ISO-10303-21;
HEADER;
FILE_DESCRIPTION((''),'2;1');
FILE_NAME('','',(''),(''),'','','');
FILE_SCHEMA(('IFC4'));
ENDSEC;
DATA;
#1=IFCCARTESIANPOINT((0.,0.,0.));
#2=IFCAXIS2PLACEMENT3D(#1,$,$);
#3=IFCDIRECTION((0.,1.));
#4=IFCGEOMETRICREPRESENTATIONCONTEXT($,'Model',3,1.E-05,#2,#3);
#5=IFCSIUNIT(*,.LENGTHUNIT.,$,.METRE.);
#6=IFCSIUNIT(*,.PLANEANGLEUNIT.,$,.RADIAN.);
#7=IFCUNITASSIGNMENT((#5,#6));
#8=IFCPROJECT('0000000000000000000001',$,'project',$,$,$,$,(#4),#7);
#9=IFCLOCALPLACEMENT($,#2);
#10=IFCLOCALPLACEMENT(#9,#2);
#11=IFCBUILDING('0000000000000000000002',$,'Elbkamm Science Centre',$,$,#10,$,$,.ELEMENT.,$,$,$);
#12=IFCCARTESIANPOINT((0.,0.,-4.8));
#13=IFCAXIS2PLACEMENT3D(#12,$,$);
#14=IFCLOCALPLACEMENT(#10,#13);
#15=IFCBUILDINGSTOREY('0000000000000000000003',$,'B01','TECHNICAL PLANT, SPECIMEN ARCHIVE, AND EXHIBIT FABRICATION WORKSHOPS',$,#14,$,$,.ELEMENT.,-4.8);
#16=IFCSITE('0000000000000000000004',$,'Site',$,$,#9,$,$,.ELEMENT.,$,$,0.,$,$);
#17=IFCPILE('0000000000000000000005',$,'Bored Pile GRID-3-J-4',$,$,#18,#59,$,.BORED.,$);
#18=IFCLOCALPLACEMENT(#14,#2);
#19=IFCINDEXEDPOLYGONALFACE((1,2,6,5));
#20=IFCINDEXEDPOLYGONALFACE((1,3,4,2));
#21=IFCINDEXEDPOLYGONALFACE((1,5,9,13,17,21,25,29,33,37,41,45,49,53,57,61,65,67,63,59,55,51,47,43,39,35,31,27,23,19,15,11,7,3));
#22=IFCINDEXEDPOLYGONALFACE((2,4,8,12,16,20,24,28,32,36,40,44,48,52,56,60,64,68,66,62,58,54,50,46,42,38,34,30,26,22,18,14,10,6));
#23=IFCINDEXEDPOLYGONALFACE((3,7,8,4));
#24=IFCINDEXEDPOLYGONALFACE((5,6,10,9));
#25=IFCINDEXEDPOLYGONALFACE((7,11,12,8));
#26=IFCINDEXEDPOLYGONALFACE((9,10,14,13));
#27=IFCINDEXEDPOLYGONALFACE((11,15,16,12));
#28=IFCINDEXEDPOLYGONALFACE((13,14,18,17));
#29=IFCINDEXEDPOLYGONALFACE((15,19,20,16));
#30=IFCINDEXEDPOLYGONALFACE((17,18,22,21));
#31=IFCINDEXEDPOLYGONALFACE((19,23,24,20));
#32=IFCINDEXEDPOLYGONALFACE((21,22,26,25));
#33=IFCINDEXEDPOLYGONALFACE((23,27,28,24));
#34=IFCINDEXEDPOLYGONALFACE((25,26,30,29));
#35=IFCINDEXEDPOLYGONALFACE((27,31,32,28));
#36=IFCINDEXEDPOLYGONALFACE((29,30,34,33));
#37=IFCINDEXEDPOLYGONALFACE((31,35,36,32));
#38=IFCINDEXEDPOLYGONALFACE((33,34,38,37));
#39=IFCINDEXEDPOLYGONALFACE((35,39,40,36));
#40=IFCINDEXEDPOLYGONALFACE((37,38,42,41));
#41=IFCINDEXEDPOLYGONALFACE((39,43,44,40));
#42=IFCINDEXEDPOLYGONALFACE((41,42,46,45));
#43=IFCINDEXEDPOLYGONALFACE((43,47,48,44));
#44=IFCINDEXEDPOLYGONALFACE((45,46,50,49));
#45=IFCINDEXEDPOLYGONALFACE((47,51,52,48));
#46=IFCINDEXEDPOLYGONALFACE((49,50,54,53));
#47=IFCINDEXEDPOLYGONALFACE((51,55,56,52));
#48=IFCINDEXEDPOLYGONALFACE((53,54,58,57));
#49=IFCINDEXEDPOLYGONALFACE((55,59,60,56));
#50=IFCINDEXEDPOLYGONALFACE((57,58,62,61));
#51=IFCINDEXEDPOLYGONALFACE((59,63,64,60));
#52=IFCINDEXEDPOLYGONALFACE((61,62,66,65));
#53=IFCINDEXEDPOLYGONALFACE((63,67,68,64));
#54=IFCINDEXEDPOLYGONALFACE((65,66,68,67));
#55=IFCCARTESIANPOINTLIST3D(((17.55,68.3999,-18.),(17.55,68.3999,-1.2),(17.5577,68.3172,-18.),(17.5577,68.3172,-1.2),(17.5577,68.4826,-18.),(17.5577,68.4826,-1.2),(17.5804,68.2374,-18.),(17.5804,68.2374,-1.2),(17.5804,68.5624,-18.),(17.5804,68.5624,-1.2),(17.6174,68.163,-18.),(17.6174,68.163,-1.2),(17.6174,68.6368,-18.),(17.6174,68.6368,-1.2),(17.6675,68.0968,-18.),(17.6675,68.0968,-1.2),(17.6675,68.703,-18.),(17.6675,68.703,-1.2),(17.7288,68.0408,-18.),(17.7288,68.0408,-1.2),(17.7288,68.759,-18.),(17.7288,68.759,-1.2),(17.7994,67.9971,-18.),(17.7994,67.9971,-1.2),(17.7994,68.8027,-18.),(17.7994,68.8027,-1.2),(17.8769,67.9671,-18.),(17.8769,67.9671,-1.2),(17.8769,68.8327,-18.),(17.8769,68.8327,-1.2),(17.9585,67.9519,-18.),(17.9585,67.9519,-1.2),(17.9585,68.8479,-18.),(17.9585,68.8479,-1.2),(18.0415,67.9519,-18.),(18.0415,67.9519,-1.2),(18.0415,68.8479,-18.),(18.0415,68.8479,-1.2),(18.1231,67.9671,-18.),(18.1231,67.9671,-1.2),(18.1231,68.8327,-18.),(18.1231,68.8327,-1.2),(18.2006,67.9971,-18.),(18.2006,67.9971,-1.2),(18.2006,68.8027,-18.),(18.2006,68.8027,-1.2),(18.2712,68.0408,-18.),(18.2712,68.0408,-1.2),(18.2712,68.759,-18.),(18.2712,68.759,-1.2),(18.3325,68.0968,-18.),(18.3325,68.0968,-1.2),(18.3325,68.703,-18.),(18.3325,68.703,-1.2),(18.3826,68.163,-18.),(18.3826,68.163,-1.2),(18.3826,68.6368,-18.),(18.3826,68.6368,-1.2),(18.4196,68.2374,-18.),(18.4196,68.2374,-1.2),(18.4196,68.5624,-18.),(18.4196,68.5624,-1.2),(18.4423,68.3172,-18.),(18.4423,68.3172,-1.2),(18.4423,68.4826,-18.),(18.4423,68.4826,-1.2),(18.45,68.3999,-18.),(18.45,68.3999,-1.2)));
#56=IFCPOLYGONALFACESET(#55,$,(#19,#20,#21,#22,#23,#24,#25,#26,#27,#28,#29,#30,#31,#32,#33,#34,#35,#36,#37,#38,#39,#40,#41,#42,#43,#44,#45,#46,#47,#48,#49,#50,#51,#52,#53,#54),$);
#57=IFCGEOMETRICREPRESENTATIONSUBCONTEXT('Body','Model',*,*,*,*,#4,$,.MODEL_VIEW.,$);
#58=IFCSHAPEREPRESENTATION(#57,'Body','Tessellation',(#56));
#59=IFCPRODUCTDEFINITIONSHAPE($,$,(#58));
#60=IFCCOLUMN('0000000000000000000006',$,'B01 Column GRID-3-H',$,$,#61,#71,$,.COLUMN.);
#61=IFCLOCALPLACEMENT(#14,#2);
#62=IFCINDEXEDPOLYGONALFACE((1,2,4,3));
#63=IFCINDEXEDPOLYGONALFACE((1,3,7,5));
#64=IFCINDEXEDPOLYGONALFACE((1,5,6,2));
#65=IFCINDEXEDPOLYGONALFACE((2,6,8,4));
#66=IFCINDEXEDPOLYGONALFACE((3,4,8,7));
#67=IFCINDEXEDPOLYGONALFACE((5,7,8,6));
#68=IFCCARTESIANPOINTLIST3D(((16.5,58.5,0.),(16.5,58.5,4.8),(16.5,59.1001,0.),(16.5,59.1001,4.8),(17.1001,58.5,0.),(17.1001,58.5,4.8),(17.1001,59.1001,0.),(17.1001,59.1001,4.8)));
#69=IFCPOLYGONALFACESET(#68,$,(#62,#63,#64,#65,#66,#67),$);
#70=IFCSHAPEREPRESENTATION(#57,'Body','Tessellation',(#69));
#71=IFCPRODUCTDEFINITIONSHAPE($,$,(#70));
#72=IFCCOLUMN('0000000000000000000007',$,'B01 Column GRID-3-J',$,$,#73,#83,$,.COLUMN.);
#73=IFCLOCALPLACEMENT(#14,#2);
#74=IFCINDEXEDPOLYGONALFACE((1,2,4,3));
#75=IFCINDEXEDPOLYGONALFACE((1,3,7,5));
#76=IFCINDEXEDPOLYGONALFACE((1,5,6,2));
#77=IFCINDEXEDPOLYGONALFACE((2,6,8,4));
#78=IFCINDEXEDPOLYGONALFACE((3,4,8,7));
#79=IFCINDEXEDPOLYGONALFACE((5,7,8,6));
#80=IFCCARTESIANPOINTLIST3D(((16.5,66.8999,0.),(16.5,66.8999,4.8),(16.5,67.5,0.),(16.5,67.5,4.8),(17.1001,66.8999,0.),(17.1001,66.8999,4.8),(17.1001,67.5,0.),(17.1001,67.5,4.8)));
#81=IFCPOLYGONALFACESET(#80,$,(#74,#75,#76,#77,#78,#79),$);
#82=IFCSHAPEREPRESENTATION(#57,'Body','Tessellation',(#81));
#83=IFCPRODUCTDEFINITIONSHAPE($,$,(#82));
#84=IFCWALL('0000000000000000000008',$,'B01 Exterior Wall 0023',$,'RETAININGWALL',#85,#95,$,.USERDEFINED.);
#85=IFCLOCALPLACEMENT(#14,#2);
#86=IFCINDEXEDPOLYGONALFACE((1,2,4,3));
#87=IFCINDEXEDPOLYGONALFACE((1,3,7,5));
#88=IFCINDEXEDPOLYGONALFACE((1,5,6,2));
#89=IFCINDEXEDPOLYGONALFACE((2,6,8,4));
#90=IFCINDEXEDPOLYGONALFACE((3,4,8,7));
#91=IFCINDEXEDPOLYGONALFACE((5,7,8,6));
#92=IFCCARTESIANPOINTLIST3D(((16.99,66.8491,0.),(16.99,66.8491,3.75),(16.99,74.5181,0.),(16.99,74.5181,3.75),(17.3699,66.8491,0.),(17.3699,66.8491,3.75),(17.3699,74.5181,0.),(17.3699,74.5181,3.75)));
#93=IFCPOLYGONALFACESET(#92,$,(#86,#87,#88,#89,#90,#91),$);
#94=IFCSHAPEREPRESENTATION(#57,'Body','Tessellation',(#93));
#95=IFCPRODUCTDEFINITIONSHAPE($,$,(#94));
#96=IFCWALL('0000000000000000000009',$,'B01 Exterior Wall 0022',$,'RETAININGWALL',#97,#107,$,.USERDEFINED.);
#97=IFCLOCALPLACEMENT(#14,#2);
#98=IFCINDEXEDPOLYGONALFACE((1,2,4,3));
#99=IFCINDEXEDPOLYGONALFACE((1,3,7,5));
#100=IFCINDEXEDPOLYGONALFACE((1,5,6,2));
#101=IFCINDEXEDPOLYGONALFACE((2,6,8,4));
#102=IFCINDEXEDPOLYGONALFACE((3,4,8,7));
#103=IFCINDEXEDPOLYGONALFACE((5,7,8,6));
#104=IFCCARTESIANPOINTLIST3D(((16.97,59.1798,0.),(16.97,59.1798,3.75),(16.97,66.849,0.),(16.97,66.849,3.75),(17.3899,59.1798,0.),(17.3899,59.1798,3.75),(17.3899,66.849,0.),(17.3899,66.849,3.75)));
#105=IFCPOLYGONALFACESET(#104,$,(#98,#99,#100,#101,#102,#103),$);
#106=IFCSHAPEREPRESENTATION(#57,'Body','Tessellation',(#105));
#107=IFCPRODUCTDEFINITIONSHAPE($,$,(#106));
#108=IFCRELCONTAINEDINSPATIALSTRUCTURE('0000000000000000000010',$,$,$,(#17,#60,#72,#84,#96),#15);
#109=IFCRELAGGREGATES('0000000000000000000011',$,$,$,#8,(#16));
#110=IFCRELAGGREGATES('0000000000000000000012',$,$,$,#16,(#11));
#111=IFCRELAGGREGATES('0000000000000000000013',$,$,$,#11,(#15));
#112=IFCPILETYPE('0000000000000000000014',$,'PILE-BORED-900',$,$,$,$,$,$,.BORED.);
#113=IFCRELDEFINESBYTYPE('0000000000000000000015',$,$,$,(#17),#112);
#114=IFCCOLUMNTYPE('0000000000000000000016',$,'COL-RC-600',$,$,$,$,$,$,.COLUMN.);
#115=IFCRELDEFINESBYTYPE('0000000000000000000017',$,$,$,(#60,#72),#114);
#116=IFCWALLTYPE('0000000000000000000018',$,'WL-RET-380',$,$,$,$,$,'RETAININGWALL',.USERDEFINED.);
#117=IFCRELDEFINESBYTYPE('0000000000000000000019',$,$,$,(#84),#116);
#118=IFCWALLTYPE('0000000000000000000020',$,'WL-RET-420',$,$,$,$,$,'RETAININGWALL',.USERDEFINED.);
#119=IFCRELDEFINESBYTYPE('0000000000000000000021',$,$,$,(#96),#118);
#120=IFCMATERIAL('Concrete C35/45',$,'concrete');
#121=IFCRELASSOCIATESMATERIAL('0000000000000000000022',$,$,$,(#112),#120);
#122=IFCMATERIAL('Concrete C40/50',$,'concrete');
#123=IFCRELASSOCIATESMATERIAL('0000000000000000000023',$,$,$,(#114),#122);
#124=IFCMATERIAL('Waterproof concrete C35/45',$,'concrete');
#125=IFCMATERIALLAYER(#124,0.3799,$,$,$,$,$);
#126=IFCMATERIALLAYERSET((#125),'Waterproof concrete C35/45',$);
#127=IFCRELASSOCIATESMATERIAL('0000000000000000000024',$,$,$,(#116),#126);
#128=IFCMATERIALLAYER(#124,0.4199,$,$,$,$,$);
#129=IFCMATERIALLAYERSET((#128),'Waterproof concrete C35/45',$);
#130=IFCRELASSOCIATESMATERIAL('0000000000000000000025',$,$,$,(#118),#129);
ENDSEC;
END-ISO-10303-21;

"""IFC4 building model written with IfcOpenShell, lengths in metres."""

from ifc_helpers import new_model, si_unit, direction, frame, frame_2d, origin, origin_2d, place, context, subcontext, project, spatial, rectangle, circle, extrude, material, layer, layer_set, material_profile, profile_set, type_object, element, save


model = new_model("IFC4")

# Units and contexts
model_context = context("Model", 3, precision=1e-05, world=origin(), true_north=direction((0.0, 1.0)))
body_context = subcontext(model_context, "Body", "Model", "MODEL_VIEW")
ifc_project = project(units=[si_unit("LENGTHUNIT", "METRE"), si_unit("PLANEANGLEUNIT", "RADIAN")], contexts=[model_context])

# Site, building, storey
site_placement = place(None, origin())
site = spatial("IfcSite", under=ifc_project, at=site_placement, Name="Site", CompositionType="ELEMENT", RefElevation=0.0)
building_placement = place(site_placement, origin())
building = spatial("IfcBuilding", under=site, at=building_placement, Name="Elbkamm Science Centre", CompositionType="ELEMENT")
storey_placement = place(building_placement, frame((0.0, 0.0, -4.8)))
storey = spatial("IfcBuildingStorey", under=building, at=storey_placement, Name="B01", Description="TECHNICAL PLANT, SPECIMEN ARCHIVE, AND EXHIBIT FABRICATION WORKSHOPS", CompositionType="ELEMENT", Elevation=-4.8)

# Shared definitions
ifc_material_1 = material(Name="Concrete C35/45", Category="concrete")

# Pile
ifc_material_profile_1 = material_profile(ifc_material_1, circle(Radius=0.45, at=origin_2d()), Name="PILE D900")
ifc_profile_set_1 = profile_set([ifc_material_profile_1], Name="Concrete C35/45")
pile_type_1 = type_object("IfcPileType", Name="PILE-BORED-900", PredefinedType="BORED", material=ifc_profile_set_1)
for number, where, z_axis, x_axis, name in (
    (1, (18.0, 68.3999, -1.2), (0.0, 0.0, -1.0), (1.0, 0.0, 0.0), "Bored Pile GRID-3-J-4"),
):
    element("IfcPile", number, at=place(storey_placement, frame(where, z_axis=z_axis, x_axis=x_axis)), inside=storey, type_object=pile_type_1, Name=name, PredefinedType="BORED", context=body_context, shape_type="SweptSolid", body=[
        extrude(circle(Radius=0.45, at=origin_2d()), origin(), (0.0, 0.0, 1.0), 16.8),
    ])

# Columns
ifc_material_2 = material(Name="Concrete C40/50", Category="concrete")
ifc_material_profile_2 = material_profile(ifc_material_2, rectangle(XDim=0.6001, YDim=0.6001, at=origin_2d()), Name="RC 600x600")
ifc_profile_set_2 = profile_set([ifc_material_profile_2], Name="Concrete C40/50")
column_type = type_object("IfcColumnType", Name="COL-RC-600", PredefinedType="COLUMN", material=ifc_profile_set_2)
for number, where, z_axis, x_axis, name in (
    (2, (16.8, 58.8, 0.0), (0.0, 0.0, 1.0), (1.0, 0.0, 0.0), "B01 Column GRID-3-H"),
    (3, (16.8, 67.2, 0.0), (0.0, 0.0, 1.0), (1.0, 0.0, 0.0), "B01 Column GRID-3-J"),
):
    element("IfcColumn", number, at=place(storey_placement, frame(where, z_axis=z_axis, x_axis=x_axis)), inside=storey, type_object=column_type, Name=name, PredefinedType="COLUMN", context=body_context, shape_type="SweptSolid", body=[
        extrude(rectangle(XDim=0.6001, YDim=0.6001, at=origin_2d()), origin(), (0.0, 0.0, 1.0), 4.8),
    ])

# Walls
ifc_material_3 = material(Name="Waterproof concrete C35/45", Category="concrete")
ifc_layer_1 = layer(ifc_material_3, 0.3799)
ifc_layer_set_1 = layer_set([ifc_layer_1], Name="Waterproof concrete C35/45")
wall_type_1 = type_object("IfcWallType", Name="WL-RET-380", ElementType="RETAININGWALL", PredefinedType="USERDEFINED", material=ifc_layer_set_1)
wall_1_placement = place(storey_placement, frame((17.1799, 66.8491, 0.0), z_axis=(0.0, 0.0, 1.0), x_axis=(0.0, 1.0, 0.0)))
element("IfcWall", 4, at=wall_1_placement, inside=storey, type_object=wall_type_1, Name="B01 Exterior Wall 0023", ObjectType="RETAININGWALL", PredefinedType="USERDEFINED", context=body_context, shape_type="SweptSolid", body=[
    extrude(rectangle(XDim=7.6689, YDim=0.3799, at=frame_2d((3.8345, 0.0))), origin(), (0.0, 0.0, 1.0), 3.75),
])
ifc_layer_2 = layer(ifc_material_3, 0.4199)
ifc_layer_set_2 = layer_set([ifc_layer_2], Name="Waterproof concrete C35/45")
wall_type_2 = type_object("IfcWallType", Name="WL-RET-420", ElementType="RETAININGWALL", PredefinedType="USERDEFINED", material=ifc_layer_set_2)
wall_2_placement = place(storey_placement, frame((17.1799, 59.1799, 0.0), z_axis=(0.0, 0.0, 1.0), x_axis=(0.0, 1.0, 0.0)))
element("IfcWall", 5, at=wall_2_placement, inside=storey, type_object=wall_type_2, Name="B01 Exterior Wall 0022", ObjectType="RETAININGWALL", PredefinedType="USERDEFINED", context=body_context, shape_type="SweptSolid", body=[
    extrude(rectangle(XDim=7.6692, YDim=0.4199, at=frame_2d((3.8345, 0.0))), origin(), (0.0, 0.0, 1.0), 3.75),
])

save(model, "model.ifc")
